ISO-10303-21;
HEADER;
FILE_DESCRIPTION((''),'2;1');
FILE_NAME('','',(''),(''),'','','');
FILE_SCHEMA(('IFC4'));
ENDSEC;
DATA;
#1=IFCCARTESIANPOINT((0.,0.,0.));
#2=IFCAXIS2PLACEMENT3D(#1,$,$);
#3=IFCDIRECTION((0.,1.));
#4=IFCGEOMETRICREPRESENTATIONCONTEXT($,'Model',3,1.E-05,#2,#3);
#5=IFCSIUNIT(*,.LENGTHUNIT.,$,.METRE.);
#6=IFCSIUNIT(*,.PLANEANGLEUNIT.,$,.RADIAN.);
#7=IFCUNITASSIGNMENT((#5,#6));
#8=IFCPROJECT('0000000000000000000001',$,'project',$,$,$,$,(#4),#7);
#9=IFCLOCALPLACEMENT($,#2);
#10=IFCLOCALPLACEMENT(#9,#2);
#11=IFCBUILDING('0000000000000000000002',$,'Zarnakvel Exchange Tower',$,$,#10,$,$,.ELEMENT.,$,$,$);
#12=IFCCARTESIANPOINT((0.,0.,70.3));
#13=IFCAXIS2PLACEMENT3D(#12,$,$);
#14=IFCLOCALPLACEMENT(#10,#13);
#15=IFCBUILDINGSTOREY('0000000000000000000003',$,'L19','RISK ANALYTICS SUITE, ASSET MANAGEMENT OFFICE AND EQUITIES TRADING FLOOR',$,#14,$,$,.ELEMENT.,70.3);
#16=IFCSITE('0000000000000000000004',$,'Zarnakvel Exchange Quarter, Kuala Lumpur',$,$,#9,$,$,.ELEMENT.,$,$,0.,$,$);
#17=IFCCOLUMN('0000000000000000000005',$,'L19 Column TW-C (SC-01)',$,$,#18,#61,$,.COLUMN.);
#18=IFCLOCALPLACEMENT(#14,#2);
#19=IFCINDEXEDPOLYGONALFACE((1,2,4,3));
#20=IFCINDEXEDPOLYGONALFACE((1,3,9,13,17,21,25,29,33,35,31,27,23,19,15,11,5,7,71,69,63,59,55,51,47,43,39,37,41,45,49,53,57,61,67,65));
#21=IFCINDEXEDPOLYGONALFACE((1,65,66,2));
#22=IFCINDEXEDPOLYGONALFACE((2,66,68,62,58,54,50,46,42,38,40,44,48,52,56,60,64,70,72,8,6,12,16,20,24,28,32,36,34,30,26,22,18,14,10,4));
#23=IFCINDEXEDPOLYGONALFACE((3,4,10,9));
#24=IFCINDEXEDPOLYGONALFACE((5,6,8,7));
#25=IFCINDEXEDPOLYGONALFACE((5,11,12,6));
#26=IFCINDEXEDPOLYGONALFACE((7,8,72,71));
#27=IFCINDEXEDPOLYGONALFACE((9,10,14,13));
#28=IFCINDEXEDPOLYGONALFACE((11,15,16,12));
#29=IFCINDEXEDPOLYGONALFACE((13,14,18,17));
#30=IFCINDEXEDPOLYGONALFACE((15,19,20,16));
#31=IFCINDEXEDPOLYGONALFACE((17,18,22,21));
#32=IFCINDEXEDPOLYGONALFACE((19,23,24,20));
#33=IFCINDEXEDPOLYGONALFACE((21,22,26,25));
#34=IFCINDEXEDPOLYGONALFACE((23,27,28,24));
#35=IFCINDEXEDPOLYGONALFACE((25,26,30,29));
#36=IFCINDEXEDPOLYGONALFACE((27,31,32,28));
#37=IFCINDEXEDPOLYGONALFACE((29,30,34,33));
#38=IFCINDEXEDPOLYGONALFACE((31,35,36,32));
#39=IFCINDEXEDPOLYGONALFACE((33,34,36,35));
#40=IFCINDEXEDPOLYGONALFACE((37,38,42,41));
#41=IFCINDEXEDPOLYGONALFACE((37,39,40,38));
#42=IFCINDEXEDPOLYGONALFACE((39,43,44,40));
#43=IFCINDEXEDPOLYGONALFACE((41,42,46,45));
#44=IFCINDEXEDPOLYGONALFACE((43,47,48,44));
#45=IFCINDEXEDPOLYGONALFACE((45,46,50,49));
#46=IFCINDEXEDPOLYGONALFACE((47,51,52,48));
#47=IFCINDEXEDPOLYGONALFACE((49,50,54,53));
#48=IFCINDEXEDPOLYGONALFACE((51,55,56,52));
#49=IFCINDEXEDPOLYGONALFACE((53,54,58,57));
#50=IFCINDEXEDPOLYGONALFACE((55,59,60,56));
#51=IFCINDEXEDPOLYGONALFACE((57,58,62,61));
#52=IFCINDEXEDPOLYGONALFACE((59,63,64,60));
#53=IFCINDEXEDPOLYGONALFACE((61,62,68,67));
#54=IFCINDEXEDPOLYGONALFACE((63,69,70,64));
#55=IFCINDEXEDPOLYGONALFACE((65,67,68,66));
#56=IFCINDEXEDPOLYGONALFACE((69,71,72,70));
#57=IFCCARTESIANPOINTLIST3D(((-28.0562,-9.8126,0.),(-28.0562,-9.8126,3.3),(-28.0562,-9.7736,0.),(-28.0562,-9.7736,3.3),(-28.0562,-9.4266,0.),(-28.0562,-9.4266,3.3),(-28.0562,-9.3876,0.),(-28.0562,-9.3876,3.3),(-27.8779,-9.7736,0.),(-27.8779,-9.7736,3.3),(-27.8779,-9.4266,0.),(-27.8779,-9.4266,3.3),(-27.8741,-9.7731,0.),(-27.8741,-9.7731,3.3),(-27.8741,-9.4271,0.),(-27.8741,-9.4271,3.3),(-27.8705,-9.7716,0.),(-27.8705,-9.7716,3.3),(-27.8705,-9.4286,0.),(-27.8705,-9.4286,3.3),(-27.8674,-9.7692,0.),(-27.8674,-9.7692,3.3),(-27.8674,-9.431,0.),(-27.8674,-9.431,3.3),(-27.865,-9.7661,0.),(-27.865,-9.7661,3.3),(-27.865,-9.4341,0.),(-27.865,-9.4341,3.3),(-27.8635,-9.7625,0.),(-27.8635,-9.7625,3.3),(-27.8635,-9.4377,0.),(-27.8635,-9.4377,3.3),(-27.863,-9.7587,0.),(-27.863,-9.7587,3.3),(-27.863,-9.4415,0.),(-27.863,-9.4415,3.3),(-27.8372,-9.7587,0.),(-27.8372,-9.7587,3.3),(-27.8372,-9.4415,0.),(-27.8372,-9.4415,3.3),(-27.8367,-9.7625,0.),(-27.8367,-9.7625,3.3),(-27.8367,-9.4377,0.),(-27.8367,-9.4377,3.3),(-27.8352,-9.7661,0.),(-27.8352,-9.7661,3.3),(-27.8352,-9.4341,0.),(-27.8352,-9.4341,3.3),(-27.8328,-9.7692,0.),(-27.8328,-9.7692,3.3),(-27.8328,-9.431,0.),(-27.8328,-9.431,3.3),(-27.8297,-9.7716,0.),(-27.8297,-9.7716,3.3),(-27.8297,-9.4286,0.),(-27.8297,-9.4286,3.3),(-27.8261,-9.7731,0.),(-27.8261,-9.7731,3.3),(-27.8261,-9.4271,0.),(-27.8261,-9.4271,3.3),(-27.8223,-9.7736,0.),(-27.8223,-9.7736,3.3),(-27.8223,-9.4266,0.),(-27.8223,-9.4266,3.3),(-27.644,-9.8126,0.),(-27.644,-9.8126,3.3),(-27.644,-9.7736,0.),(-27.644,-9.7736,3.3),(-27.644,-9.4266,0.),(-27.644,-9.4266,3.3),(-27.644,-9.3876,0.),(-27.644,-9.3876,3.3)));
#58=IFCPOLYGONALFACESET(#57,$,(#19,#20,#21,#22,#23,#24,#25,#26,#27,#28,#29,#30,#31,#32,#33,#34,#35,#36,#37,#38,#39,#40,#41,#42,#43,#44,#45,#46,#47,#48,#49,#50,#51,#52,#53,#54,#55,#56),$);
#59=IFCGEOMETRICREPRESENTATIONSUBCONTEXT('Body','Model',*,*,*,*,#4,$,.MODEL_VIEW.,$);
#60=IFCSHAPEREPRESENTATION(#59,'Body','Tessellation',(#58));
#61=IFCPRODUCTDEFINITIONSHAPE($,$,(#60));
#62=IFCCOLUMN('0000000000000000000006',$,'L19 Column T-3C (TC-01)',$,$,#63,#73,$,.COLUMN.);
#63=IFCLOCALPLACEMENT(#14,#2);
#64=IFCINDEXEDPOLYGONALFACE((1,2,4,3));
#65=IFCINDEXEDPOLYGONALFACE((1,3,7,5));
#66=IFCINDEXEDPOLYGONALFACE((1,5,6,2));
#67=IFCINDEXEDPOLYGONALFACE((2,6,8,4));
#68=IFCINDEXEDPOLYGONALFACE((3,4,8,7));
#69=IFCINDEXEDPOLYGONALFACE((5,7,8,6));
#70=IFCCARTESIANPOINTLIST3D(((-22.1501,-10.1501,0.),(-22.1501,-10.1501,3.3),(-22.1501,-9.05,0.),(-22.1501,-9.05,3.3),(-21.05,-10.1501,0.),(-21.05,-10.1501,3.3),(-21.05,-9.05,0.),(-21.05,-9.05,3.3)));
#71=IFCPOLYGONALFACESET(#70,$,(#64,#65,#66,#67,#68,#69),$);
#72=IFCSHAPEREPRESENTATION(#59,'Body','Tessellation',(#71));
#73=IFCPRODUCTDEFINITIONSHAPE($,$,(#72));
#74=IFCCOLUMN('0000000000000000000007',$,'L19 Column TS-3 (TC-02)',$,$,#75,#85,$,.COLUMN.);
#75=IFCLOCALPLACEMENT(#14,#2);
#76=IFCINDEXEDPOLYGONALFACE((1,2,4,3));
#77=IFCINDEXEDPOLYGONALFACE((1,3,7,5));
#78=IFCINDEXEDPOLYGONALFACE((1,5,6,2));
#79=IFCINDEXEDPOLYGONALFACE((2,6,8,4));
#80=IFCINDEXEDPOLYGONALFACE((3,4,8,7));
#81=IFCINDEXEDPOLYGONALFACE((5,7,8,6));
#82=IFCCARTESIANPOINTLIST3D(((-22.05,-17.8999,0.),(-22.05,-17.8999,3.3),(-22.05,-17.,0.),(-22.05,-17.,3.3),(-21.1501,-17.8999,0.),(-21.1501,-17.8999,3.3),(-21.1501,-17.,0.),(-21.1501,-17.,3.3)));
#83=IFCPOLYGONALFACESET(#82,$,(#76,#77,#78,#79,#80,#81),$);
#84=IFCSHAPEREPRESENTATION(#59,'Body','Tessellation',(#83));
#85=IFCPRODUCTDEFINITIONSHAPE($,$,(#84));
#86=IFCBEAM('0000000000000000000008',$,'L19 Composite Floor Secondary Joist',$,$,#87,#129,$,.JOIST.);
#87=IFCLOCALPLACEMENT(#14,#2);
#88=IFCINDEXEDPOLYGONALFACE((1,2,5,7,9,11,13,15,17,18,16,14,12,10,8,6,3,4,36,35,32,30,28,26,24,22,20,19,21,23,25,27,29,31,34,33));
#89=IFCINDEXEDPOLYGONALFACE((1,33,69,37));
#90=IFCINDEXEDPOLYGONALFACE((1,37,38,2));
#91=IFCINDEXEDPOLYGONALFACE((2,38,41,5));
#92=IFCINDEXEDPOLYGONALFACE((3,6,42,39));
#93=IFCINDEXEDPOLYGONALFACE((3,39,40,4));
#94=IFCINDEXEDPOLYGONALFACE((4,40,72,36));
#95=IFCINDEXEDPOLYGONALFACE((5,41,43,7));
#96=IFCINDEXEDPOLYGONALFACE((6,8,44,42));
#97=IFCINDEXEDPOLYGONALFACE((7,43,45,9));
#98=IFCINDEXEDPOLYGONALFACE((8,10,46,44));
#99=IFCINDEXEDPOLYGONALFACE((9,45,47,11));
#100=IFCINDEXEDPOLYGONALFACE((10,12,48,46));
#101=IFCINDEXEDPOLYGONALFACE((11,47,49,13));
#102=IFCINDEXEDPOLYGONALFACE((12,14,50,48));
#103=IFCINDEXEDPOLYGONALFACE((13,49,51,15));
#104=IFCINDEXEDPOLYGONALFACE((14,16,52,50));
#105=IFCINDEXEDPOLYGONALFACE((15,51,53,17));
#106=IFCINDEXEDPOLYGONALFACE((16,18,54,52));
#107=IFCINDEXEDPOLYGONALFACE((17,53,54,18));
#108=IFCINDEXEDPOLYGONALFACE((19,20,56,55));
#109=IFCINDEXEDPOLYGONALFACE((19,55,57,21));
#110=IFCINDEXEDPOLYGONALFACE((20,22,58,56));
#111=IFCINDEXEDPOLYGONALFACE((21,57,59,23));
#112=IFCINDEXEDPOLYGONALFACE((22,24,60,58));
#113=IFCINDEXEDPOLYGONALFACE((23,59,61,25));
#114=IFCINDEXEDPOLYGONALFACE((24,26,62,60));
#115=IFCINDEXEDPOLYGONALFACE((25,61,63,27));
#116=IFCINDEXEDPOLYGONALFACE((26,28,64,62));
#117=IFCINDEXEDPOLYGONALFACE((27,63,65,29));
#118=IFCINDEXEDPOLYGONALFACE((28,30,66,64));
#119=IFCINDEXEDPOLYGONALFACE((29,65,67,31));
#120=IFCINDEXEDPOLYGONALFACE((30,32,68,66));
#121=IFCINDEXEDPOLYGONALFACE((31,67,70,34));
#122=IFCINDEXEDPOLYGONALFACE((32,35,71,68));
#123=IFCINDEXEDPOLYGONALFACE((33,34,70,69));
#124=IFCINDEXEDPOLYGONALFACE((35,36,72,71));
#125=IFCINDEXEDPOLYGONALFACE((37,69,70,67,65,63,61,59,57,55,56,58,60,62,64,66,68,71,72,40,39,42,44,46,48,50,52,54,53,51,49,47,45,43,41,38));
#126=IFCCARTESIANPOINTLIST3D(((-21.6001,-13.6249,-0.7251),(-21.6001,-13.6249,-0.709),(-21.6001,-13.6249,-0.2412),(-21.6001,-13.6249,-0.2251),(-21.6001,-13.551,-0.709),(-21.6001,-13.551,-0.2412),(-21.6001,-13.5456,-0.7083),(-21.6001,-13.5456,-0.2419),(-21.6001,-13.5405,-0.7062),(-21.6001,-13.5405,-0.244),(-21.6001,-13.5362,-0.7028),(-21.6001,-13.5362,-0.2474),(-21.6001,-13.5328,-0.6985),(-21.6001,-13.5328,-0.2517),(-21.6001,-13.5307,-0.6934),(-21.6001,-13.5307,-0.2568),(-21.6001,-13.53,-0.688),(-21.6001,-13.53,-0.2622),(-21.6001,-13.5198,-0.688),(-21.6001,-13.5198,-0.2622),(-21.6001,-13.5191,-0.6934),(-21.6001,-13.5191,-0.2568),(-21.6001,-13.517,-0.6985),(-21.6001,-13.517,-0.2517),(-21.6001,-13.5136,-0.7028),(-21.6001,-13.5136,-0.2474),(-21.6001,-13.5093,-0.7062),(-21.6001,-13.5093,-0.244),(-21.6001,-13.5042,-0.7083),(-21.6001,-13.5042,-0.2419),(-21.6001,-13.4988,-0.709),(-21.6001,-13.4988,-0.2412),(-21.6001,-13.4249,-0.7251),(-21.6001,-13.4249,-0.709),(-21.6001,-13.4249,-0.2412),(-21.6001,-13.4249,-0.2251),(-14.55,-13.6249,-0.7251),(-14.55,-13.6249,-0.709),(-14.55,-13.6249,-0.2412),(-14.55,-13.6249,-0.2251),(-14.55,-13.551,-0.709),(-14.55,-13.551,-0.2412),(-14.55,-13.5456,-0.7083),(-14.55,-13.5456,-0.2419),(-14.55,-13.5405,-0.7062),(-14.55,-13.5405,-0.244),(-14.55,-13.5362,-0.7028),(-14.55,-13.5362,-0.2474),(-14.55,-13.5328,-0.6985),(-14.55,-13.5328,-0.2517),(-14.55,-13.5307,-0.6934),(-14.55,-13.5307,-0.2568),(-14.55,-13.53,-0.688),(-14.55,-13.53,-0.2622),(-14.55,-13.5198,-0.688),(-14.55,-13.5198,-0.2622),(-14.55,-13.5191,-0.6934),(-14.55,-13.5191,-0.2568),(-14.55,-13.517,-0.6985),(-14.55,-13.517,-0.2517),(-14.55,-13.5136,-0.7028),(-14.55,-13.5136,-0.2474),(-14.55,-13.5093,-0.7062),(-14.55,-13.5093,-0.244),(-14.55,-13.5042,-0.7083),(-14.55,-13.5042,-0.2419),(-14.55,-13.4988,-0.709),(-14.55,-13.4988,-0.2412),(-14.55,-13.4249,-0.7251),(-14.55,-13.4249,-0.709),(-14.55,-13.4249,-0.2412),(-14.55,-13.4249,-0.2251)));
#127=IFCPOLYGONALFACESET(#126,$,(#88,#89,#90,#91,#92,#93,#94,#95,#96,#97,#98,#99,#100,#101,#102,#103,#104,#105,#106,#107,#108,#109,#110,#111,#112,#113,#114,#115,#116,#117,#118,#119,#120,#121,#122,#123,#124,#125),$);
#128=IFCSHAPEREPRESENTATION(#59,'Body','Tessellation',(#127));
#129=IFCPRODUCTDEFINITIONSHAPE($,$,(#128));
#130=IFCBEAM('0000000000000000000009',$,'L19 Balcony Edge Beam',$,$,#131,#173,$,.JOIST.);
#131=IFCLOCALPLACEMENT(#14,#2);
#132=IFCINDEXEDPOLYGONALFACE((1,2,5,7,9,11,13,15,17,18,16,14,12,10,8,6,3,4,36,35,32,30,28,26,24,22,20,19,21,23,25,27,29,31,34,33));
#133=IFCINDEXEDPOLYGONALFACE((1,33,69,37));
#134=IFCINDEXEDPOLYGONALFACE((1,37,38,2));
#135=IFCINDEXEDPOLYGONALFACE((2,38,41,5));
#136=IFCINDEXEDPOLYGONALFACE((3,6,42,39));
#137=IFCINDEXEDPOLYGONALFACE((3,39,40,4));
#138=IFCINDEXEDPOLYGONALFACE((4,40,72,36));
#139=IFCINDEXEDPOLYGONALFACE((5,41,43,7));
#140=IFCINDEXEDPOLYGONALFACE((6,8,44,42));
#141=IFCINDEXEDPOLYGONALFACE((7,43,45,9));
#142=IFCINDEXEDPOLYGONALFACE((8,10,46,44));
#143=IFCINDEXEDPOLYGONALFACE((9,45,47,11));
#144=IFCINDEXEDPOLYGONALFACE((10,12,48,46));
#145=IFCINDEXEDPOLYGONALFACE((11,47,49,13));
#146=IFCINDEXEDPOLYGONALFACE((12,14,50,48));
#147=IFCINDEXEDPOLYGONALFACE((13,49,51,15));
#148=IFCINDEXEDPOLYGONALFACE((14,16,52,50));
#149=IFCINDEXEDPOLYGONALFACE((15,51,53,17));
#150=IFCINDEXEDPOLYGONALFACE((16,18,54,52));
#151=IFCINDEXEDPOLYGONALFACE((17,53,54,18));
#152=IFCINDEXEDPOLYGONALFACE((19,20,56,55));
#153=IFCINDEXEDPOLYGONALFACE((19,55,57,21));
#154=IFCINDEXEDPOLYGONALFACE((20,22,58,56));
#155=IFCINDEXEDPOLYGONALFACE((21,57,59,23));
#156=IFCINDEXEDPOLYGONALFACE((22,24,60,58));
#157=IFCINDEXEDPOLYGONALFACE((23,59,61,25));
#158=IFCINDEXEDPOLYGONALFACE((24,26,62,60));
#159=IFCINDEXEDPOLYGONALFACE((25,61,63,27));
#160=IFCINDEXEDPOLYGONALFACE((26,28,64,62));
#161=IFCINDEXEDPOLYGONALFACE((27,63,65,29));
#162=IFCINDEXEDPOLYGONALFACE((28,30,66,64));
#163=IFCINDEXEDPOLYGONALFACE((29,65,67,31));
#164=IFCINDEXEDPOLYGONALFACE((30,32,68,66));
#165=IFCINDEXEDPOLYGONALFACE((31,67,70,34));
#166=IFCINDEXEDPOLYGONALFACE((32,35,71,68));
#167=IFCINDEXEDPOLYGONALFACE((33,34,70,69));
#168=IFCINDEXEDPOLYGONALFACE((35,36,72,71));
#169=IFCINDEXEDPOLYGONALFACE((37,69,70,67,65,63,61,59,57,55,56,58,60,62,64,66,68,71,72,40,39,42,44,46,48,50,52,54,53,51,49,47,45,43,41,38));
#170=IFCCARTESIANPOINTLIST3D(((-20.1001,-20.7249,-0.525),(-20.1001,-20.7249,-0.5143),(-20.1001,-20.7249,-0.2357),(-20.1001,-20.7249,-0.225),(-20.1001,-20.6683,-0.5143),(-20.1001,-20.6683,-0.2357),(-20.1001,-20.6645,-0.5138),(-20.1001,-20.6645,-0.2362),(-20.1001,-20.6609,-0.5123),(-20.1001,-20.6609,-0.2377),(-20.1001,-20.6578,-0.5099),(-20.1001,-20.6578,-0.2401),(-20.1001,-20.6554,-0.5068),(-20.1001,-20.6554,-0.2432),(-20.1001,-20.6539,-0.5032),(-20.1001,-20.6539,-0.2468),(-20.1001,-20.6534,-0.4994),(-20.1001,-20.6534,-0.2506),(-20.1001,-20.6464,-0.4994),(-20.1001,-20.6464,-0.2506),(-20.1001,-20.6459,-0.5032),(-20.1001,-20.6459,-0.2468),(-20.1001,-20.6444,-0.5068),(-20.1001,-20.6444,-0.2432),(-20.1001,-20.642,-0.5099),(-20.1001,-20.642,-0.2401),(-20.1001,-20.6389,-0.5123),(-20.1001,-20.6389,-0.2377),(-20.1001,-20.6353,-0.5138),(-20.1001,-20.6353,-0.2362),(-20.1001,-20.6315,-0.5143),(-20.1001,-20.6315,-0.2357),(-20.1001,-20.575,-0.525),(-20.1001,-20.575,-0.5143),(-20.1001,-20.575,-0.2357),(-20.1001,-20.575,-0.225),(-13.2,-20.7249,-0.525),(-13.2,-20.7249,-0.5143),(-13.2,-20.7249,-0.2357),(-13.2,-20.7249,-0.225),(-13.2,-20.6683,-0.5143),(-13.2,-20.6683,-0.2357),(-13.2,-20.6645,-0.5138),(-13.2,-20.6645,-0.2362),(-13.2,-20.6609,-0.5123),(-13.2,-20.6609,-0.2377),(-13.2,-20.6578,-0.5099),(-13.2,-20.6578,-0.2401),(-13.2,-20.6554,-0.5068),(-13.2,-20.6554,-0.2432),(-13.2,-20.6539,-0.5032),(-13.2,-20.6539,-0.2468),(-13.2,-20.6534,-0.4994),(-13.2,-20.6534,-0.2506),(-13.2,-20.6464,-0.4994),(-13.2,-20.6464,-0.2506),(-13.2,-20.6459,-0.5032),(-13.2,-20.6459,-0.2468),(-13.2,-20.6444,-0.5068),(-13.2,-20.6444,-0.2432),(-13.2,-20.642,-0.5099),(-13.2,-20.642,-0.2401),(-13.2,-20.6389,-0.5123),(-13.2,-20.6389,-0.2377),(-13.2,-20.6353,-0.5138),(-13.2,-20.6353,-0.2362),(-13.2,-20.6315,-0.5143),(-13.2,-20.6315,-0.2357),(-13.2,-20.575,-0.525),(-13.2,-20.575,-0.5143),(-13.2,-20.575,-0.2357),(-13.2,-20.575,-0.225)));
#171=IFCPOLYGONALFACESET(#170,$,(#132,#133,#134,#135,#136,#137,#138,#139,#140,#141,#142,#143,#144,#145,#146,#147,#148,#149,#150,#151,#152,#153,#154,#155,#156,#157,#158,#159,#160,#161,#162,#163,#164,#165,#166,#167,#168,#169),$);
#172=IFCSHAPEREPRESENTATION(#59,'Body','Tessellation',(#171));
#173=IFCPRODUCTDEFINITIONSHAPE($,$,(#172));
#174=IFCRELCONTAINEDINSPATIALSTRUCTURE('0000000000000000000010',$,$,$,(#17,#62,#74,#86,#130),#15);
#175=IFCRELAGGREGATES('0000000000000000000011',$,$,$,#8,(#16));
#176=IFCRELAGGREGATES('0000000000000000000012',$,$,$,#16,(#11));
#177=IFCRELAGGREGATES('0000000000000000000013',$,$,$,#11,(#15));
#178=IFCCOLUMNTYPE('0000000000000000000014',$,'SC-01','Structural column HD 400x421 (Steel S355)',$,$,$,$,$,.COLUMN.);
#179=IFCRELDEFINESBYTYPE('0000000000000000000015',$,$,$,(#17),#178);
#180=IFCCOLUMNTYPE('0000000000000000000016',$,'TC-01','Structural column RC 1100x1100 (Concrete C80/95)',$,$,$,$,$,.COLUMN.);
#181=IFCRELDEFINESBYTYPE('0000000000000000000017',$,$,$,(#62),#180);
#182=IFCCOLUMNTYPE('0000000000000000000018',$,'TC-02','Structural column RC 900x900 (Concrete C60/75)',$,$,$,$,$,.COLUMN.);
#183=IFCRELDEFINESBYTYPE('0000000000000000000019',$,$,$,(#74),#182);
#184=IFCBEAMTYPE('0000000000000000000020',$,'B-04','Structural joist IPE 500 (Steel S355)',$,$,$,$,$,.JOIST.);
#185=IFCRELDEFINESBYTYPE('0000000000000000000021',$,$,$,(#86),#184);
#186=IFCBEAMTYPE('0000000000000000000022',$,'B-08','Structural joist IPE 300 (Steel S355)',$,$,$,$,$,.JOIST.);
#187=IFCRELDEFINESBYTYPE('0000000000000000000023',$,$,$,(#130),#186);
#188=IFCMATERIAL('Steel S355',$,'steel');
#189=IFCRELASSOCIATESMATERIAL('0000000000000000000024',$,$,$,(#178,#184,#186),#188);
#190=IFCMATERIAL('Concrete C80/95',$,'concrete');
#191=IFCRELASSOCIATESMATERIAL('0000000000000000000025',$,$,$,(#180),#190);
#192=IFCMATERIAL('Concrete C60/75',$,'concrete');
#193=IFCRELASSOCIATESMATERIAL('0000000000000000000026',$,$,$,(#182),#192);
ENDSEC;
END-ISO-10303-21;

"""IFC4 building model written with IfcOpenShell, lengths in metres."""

from ifc_helpers import new_model, si_unit, direction, frame, origin, origin_2d, place, context, subcontext, project, spatial, rectangle, i_section, extrude, material, material_profile, profile_set, type_object, element, save


model = new_model("IFC4")

# Units and contexts
model_context = context("Model", 3, precision=1e-05, world=origin(), true_north=direction((0.0, 1.0)))
body_context = subcontext(model_context, "Body", "Model", "MODEL_VIEW")
ifc_project = project(units=[si_unit("LENGTHUNIT", "METRE"), si_unit("PLANEANGLEUNIT", "RADIAN")], contexts=[model_context])

# Site, building, storey
site_placement = place(None, origin())
site = spatial("IfcSite", under=ifc_project, at=site_placement, Name="Zarnakvel Exchange Quarter, Kuala Lumpur", CompositionType="ELEMENT", RefElevation=0.0)
building_placement = place(site_placement, origin())
building = spatial("IfcBuilding", under=site, at=building_placement, Name="Zarnakvel Exchange Tower", CompositionType="ELEMENT")
storey_placement = place(building_placement, frame((0.0, 0.0, 70.3)))
storey = spatial("IfcBuildingStorey", under=building, at=storey_placement, Name="L19", Description="RISK ANALYTICS SUITE, ASSET MANAGEMENT OFFICE AND EQUITIES TRADING FLOOR", CompositionType="ELEMENT", Elevation=70.3)

# Columns
ifc_material_1 = material(Name="Steel S355", Category="steel")
ifc_material_profile_1 = material_profile(ifc_material_1, i_section(OverallWidth=0.4121, OverallDepth=0.425, WebThickness=0.0259, FlangeThickness=0.0391, FilletRadius=0.0149, at=origin_2d()))
ifc_profile_set_1 = profile_set([ifc_material_profile_1], Name="Steel S355")
column_type_1 = type_object("IfcColumnType", Name="SC-01", Description="Structural column HD 400x421 (Steel S355)", PredefinedType="COLUMN", material=ifc_profile_set_1)
column_1_placement = place(storey_placement, frame((-27.8501, -9.6001, 0.0), z_axis=(0.0, 0.0, 1.0), x_axis=(1.0, 0.0, 0.0)))
element("IfcColumn", 1, at=column_1_placement, inside=storey, type_object=column_type_1, Name="L19 Column TW-C (SC-01)", PredefinedType="COLUMN", context=body_context, shape_type="SweptSolid", body=[
    extrude(i_section(OverallWidth=0.4121, OverallDepth=0.425, WebThickness=0.0259, FlangeThickness=0.0391, FilletRadius=0.0149, at=origin_2d()), origin(), (0.0, 0.0, 1.0), 3.3),
])
ifc_material_2 = material(Name="Concrete C80/95", Category="concrete")
ifc_material_profile_2 = material_profile(ifc_material_2, rectangle(XDim=1.1001, YDim=1.1001, at=origin_2d()))
ifc_profile_set_2 = profile_set([ifc_material_profile_2], Name="Concrete C80/95")
column_type_2 = type_object("IfcColumnType", Name="TC-01", Description="Structural column RC 1100x1100 (Concrete C80/95)", PredefinedType="COLUMN", material=ifc_profile_set_2)
column_2_placement = place(storey_placement, frame((-21.6001, -9.6001, 0.0), z_axis=(0.0, 0.0, 1.0), x_axis=(1.0, 0.0, 0.0)))
element("IfcColumn", 2, at=column_2_placement, inside=storey, type_object=column_type_2, Name="L19 Column T-3C (TC-01)", PredefinedType="COLUMN", context=body_context, shape_type="SweptSolid", body=[
    extrude(rectangle(XDim=1.1001, YDim=1.1001, at=origin_2d()), origin(), (0.0, 0.0, 1.0), 3.3),
])
ifc_material_3 = material(Name="Concrete C60/75", Category="concrete")
ifc_material_profile_3 = material_profile(ifc_material_3, rectangle(XDim=0.8999, YDim=0.8999, at=origin_2d()))
ifc_profile_set_3 = profile_set([ifc_material_profile_3], Name="Concrete C60/75")
column_type_3 = type_object("IfcColumnType", Name="TC-02", Description="Structural column RC 900x900 (Concrete C60/75)", PredefinedType="COLUMN", material=ifc_profile_set_3)
column_3_placement = place(storey_placement, frame((-21.6001, -17.45, 0.0), z_axis=(0.0, 0.0, 1.0), x_axis=(1.0, 0.0, 0.0)))
element("IfcColumn", 3, at=column_3_placement, inside=storey, type_object=column_type_3, Name="L19 Column TS-3 (TC-02)", PredefinedType="COLUMN", context=body_context, shape_type="SweptSolid", body=[
    extrude(rectangle(XDim=0.8999, YDim=0.8999, at=origin_2d()), origin(), (0.0, 0.0, 1.0), 3.3),
])

# Beams
ifc_material_profile_4 = material_profile(ifc_material_1, i_section(OverallWidth=0.2, OverallDepth=0.5, WebThickness=0.0103, FlangeThickness=0.0161, FilletRadius=0.021, at=origin_2d()))
ifc_profile_set_4 = profile_set([ifc_material_profile_4], Name="Steel S355")
beam_type_1 = type_object("IfcBeamType", Name="B-04", Description="Structural joist IPE 500 (Steel S355)", PredefinedType="JOIST", material=ifc_profile_set_4)
beam_1_placement = place(storey_placement, frame((-21.6001, -13.5249, -0.4751), z_axis=(1.0, 0.0, 0.0), x_axis=(0.0, 1.0, 0.0)))
element("IfcBeam", 4, at=beam_1_placement, inside=storey, type_object=beam_type_1, Name="L19 Composite Floor Secondary Joist", PredefinedType="JOIST", context=body_context, shape_type="SweptSolid", body=[
    extrude(i_section(OverallWidth=0.2, OverallDepth=0.5, WebThickness=0.0103, FlangeThickness=0.0161, FilletRadius=0.021, at=origin_2d()), origin(), (0.0, 0.0, 1.0), 7.05),
])
ifc_material_profile_5 = material_profile(ifc_material_1, i_section(OverallWidth=0.1499, OverallDepth=0.3, WebThickness=0.0071, FlangeThickness=0.0107, FilletRadius=0.0149, at=origin_2d()))
ifc_profile_set_5 = profile_set([ifc_material_profile_5], Name="Steel S355")
beam_type_2 = type_object("IfcBeamType", Name="B-08", Description="Structural joist IPE 300 (Steel S355)", PredefinedType="JOIST", material=ifc_profile_set_5)
beam_2_placement = place(storey_placement, frame((-20.1001, -20.6499, -0.375), z_axis=(1.0, 0.0, 0.0), x_axis=(0.0, 1.0, 0.0)))
element("IfcBeam", 5, at=beam_2_placement, inside=storey, type_object=beam_type_2, Name="L19 Balcony Edge Beam", PredefinedType="JOIST", context=body_context, shape_type="SweptSolid", body=[
    extrude(i_section(OverallWidth=0.1499, OverallDepth=0.3, WebThickness=0.0071, FlangeThickness=0.0107, FilletRadius=0.0149, at=origin_2d()), origin(), (0.0, 0.0, 1.0), 6.9001),
])

save(model, "model.ifc")
